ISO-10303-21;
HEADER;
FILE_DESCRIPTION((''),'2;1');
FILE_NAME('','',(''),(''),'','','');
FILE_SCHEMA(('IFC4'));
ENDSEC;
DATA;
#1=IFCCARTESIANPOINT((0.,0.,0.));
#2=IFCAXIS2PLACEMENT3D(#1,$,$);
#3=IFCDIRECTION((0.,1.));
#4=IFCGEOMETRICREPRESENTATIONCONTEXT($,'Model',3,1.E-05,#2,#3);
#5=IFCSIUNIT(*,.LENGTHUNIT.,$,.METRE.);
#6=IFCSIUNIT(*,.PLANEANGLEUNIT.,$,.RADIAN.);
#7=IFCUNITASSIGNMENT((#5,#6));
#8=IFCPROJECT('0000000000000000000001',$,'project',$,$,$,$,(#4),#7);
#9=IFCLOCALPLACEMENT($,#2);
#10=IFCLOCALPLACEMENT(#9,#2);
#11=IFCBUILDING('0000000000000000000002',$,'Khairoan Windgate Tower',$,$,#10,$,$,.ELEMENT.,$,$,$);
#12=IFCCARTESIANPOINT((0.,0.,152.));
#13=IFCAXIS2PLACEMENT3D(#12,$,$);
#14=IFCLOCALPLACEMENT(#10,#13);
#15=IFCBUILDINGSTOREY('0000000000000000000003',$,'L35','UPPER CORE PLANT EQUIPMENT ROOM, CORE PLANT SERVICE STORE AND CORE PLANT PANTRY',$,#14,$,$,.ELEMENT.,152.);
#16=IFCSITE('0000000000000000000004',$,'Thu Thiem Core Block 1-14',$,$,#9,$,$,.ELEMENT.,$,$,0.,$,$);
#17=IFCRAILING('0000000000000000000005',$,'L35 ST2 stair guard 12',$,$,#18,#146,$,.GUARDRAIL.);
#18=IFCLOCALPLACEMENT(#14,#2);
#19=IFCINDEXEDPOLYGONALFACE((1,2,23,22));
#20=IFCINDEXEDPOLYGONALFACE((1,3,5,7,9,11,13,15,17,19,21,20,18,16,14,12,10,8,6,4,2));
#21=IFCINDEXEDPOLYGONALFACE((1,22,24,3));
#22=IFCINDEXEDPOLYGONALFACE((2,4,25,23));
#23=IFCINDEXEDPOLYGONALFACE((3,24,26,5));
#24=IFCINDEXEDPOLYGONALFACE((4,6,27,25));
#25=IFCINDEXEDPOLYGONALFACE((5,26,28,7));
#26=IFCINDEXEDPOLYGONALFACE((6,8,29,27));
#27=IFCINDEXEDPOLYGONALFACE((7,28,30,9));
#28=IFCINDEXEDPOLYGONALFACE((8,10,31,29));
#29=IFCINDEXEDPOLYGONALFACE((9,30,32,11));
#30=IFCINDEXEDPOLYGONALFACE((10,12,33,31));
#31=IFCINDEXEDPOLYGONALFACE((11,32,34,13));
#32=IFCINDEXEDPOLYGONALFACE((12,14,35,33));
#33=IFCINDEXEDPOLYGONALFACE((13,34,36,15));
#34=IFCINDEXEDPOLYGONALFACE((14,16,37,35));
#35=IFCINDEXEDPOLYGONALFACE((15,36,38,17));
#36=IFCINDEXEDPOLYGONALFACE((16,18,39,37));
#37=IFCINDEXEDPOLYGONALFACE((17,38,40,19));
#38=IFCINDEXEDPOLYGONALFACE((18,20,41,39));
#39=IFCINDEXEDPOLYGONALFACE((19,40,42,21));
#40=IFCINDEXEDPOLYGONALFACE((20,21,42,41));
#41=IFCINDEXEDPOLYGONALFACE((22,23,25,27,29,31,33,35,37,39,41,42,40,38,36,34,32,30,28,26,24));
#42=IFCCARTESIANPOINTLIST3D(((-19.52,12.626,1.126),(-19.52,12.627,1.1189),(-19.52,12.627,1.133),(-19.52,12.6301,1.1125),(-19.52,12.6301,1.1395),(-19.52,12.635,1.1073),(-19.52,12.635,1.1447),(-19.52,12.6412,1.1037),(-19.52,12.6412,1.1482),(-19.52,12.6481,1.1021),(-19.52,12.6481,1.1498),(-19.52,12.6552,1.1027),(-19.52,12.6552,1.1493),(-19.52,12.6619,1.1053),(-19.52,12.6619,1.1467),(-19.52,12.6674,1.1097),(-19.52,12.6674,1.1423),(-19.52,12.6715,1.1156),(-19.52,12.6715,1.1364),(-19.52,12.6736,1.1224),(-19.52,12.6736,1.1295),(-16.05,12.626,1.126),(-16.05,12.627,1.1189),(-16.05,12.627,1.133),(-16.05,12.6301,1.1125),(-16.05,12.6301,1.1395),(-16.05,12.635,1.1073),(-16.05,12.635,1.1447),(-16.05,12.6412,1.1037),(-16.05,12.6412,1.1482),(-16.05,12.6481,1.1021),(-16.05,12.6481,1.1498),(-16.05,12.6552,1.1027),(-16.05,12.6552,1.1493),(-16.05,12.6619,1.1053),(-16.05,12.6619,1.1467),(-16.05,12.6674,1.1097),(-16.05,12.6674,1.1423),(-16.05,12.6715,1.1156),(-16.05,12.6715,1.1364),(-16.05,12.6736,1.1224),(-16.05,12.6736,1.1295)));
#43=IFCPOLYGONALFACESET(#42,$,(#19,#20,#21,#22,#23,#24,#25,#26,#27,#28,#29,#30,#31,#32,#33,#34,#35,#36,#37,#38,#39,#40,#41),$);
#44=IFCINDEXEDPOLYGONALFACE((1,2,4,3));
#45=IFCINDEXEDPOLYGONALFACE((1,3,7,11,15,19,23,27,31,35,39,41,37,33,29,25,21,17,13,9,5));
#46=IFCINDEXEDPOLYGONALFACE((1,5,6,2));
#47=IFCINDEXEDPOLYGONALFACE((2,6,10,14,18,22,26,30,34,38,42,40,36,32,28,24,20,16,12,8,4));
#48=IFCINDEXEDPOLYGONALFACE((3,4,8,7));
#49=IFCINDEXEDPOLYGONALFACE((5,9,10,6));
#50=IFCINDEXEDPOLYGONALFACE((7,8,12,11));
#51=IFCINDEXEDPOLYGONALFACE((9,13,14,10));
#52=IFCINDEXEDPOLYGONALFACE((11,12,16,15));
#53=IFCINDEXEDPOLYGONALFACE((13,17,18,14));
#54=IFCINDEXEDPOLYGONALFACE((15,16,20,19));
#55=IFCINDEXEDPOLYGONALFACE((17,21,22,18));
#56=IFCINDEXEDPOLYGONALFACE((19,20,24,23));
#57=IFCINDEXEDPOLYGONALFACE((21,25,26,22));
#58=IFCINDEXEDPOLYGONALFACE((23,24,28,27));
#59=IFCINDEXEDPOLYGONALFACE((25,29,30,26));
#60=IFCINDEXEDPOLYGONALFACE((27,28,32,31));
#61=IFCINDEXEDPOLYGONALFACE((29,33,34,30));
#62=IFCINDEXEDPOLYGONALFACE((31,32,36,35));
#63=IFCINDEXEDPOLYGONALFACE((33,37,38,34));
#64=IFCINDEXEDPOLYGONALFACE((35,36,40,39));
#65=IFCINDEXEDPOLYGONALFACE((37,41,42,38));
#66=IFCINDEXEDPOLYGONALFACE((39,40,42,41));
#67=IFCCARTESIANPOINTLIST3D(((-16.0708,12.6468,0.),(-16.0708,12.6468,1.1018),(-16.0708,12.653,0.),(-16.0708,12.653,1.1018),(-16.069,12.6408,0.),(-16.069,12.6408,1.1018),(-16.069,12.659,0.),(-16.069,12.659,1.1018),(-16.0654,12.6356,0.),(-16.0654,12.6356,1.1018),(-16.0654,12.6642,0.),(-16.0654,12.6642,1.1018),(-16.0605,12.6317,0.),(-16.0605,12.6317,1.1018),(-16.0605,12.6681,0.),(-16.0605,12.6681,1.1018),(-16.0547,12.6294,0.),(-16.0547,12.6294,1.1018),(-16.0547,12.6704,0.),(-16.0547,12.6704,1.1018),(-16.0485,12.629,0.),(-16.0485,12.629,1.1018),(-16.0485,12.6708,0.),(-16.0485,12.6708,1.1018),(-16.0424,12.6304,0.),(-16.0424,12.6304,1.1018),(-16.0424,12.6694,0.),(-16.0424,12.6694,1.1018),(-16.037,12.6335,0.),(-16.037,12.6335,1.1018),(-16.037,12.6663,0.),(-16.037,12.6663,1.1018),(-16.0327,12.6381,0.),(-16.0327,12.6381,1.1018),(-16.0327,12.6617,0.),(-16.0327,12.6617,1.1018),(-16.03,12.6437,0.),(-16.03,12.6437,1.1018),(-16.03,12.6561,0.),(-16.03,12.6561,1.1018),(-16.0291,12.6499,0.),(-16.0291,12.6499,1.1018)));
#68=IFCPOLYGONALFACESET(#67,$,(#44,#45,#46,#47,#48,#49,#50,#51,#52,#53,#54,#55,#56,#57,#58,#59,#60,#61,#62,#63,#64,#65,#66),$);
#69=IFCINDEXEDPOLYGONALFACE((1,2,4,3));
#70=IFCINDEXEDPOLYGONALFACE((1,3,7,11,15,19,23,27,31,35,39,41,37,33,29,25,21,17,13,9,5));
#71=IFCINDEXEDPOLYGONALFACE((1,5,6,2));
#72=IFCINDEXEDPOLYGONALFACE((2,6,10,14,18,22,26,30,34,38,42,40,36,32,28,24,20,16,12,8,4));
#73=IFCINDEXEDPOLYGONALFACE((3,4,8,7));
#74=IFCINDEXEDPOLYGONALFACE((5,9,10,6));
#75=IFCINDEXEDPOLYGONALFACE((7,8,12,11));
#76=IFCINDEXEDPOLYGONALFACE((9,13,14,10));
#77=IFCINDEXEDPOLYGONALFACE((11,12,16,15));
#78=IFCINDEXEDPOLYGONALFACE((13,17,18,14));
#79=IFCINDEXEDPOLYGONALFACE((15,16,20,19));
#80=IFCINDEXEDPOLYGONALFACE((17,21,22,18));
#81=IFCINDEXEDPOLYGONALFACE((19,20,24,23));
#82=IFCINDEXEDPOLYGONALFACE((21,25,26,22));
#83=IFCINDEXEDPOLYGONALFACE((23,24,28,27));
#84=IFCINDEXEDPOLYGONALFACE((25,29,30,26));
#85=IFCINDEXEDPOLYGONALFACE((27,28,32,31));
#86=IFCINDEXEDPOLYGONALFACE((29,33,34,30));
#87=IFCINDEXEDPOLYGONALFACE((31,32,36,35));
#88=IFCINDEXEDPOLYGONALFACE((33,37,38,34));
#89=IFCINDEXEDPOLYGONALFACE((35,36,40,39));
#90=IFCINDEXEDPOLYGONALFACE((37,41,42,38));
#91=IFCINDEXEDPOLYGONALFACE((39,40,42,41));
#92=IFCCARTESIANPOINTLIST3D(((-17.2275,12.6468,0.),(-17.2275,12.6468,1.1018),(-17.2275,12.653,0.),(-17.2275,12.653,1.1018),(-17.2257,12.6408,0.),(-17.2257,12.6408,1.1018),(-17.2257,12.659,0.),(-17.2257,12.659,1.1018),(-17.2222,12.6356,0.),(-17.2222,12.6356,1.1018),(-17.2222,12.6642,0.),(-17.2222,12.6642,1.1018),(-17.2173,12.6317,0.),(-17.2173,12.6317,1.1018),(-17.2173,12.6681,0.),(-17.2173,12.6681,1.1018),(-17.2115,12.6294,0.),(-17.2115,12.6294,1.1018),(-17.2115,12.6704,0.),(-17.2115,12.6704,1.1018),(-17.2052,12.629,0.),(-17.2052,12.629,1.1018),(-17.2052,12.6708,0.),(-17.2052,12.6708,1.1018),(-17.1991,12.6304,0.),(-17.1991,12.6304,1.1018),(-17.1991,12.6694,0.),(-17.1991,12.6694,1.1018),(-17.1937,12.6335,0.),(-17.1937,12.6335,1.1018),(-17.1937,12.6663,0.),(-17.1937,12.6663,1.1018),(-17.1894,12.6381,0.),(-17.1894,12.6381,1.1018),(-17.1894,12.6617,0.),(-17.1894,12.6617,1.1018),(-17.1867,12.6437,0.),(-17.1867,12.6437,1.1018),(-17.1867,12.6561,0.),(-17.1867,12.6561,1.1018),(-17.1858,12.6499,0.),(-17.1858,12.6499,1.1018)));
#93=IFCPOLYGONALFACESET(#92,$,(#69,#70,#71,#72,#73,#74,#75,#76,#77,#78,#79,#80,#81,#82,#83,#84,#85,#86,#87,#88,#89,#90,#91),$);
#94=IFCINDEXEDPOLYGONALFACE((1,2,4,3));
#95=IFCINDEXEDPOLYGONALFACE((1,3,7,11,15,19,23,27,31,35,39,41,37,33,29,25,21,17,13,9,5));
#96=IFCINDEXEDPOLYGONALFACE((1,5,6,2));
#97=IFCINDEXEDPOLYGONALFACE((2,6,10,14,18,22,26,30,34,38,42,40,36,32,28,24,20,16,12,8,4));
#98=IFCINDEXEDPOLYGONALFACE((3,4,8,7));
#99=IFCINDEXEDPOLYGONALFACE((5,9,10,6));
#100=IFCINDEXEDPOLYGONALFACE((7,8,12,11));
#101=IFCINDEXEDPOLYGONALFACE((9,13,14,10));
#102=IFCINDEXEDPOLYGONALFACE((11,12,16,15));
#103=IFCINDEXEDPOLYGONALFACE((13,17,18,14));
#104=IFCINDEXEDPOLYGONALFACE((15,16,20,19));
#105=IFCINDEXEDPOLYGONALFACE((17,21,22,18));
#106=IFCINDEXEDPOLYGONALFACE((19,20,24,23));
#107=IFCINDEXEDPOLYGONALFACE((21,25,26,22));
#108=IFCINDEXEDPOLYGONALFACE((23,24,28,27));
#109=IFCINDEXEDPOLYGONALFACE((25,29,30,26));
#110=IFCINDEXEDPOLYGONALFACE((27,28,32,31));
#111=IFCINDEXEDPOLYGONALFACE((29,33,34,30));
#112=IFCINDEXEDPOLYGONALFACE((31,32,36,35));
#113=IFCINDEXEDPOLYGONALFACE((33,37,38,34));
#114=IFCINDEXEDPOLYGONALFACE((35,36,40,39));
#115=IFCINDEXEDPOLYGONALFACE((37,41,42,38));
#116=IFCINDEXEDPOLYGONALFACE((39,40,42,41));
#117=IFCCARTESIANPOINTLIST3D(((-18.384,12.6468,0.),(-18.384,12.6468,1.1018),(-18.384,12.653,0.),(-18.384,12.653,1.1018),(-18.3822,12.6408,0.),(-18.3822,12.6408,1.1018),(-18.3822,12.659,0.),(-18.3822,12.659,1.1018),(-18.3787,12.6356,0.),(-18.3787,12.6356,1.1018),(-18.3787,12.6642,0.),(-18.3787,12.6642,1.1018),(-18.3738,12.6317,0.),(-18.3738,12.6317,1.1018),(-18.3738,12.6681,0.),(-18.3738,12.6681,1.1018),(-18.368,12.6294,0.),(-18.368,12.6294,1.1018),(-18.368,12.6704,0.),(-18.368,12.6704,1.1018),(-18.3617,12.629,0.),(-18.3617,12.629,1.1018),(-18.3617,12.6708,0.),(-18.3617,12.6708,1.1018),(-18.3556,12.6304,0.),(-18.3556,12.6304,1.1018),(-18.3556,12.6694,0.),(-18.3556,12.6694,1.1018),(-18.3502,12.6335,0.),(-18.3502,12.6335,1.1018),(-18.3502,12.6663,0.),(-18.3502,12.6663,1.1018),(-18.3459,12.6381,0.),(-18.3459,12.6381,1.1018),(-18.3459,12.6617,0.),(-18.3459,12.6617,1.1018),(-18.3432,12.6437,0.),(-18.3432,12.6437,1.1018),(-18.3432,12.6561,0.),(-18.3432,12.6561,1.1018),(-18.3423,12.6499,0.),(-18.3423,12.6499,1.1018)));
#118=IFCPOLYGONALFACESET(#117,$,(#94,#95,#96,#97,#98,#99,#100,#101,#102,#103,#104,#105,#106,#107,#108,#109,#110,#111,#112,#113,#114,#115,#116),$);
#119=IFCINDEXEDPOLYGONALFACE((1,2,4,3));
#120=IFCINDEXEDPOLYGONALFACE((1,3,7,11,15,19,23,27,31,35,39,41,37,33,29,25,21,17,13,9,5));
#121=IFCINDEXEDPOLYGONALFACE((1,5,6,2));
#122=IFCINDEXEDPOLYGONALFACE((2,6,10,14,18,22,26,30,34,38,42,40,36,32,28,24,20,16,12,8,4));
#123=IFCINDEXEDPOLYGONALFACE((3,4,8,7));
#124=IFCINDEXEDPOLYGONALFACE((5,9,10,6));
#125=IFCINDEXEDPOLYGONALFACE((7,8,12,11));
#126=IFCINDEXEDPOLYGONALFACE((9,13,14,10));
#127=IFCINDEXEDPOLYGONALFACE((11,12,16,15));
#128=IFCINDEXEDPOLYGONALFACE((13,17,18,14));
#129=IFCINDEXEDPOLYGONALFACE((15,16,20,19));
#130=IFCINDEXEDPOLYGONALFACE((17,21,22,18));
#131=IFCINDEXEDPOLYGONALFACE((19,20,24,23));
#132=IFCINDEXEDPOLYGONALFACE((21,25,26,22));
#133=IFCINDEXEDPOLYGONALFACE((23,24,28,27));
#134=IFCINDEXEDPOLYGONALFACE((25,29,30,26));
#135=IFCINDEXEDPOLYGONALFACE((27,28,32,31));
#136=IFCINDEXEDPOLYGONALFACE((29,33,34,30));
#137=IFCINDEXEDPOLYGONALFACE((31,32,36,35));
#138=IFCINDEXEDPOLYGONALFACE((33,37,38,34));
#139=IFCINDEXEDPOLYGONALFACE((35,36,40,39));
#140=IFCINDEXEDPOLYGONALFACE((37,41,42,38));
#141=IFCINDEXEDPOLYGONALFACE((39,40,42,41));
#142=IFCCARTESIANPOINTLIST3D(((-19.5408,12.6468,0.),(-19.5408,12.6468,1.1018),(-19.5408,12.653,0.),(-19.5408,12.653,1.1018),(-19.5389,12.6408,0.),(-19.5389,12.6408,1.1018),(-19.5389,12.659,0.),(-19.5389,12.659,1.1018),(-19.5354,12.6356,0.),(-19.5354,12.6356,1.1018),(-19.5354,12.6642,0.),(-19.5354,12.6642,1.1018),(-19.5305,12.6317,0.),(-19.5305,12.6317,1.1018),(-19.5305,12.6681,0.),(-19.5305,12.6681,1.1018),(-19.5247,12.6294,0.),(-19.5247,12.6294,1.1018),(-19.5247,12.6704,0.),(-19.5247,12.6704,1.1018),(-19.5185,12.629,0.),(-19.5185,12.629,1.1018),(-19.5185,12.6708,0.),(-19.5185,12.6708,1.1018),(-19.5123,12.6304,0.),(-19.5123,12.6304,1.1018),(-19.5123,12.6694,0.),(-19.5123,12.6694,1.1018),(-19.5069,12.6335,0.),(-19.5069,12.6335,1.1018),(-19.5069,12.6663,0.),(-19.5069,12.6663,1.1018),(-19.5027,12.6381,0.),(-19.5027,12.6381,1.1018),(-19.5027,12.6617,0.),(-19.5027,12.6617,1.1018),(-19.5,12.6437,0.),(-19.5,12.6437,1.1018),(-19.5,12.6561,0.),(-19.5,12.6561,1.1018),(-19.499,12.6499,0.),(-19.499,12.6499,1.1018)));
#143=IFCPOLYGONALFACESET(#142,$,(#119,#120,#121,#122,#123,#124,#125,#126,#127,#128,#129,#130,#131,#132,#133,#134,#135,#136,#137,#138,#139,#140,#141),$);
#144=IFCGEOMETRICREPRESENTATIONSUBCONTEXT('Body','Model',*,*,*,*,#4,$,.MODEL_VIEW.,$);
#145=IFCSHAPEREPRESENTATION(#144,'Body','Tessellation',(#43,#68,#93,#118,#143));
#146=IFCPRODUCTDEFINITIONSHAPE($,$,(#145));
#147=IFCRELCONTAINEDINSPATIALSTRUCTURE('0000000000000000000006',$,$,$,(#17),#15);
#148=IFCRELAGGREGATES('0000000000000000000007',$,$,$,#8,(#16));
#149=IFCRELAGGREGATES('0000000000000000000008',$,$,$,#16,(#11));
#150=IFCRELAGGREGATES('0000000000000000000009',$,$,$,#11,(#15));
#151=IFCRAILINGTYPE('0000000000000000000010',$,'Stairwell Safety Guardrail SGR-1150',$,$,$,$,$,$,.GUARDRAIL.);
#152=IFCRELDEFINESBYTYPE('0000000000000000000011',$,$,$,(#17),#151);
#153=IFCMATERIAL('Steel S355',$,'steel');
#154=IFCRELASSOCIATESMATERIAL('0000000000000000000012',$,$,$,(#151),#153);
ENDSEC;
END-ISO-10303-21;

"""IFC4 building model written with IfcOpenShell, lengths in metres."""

from ifc_helpers import new_model, si_unit, direction, frame, origin, origin_2d, place, context, subcontext, project, spatial, circle, extrude, material, type_object, element, save


model = new_model("IFC4")

# Units and contexts
model_context = context("Model", 3, precision=1e-05, world=origin(), true_north=direction((0.0, 1.0)))
body_context = subcontext(model_context, "Body", "Model", "MODEL_VIEW")
ifc_project = project(units=[si_unit("LENGTHUNIT", "METRE"), si_unit("PLANEANGLEUNIT", "RADIAN")], contexts=[model_context])

# Site, building, storey
site_placement = place(None, origin())
site = spatial("IfcSite", under=ifc_project, at=site_placement, Name="Thu Thiem Core Block 1-14", CompositionType="ELEMENT", RefElevation=0.0)
building_placement = place(site_placement, origin())
building = spatial("IfcBuilding", under=site, at=building_placement, Name="Khairoan Windgate Tower", CompositionType="ELEMENT")
storey_placement = place(building_placement, frame((0.0, 0.0, 152.0)))
storey = spatial("IfcBuildingStorey", under=building, at=storey_placement, Name="L35", Description="UPPER CORE PLANT EQUIPMENT ROOM, CORE PLANT SERVICE STORE AND CORE PLANT PANTRY", CompositionType="ELEMENT", Elevation=152.0)

# Railing
ifc_material_1 = material(Name="Steel S355", Category="steel")
railing_type_1 = type_object("IfcRailingType", Name="Stairwell Safety Guardrail SGR-1150", PredefinedType="GUARDRAIL", material=ifc_material_1)
railing_1_placement = place(storey_placement, frame((-16.05, 12.6499, 0.0)))
element("IfcRailing", 1, at=railing_1_placement, inside=storey, type_object=railing_type_1, Name="L35 ST2 stair guard 12", PredefinedType="GUARDRAIL", context=body_context, shape_type="SweptSolid", body=[
    extrude(circle(Radius=0.0239, at=origin_2d()), frame((0.0, 0.0, 1.126), z_axis=(-1.0, 0.0, 0.0), x_axis=(0.0, -1.0, 0.0)), (0.0, 0.0, 1.0), 3.47),
    extrude(circle(Radius=0.021, at=origin_2d()), origin(), (0.0, 0.0, 1.0), 1.1018),
    extrude(circle(Radius=0.021, at=origin_2d()), frame((-1.1567, 0.0, 0.0)), (0.0, 0.0, 1.0), 1.1018),
    extrude(circle(Radius=0.021, at=origin_2d()), frame((-2.3132, 0.0, 0.0)), (0.0, 0.0, 1.0), 1.1018),
    extrude(circle(Radius=0.021, at=origin_2d()), frame((-3.47, 0.0, 0.0)), (0.0, 0.0, 1.0), 1.1018),
])

save(model, "model.ifc")
